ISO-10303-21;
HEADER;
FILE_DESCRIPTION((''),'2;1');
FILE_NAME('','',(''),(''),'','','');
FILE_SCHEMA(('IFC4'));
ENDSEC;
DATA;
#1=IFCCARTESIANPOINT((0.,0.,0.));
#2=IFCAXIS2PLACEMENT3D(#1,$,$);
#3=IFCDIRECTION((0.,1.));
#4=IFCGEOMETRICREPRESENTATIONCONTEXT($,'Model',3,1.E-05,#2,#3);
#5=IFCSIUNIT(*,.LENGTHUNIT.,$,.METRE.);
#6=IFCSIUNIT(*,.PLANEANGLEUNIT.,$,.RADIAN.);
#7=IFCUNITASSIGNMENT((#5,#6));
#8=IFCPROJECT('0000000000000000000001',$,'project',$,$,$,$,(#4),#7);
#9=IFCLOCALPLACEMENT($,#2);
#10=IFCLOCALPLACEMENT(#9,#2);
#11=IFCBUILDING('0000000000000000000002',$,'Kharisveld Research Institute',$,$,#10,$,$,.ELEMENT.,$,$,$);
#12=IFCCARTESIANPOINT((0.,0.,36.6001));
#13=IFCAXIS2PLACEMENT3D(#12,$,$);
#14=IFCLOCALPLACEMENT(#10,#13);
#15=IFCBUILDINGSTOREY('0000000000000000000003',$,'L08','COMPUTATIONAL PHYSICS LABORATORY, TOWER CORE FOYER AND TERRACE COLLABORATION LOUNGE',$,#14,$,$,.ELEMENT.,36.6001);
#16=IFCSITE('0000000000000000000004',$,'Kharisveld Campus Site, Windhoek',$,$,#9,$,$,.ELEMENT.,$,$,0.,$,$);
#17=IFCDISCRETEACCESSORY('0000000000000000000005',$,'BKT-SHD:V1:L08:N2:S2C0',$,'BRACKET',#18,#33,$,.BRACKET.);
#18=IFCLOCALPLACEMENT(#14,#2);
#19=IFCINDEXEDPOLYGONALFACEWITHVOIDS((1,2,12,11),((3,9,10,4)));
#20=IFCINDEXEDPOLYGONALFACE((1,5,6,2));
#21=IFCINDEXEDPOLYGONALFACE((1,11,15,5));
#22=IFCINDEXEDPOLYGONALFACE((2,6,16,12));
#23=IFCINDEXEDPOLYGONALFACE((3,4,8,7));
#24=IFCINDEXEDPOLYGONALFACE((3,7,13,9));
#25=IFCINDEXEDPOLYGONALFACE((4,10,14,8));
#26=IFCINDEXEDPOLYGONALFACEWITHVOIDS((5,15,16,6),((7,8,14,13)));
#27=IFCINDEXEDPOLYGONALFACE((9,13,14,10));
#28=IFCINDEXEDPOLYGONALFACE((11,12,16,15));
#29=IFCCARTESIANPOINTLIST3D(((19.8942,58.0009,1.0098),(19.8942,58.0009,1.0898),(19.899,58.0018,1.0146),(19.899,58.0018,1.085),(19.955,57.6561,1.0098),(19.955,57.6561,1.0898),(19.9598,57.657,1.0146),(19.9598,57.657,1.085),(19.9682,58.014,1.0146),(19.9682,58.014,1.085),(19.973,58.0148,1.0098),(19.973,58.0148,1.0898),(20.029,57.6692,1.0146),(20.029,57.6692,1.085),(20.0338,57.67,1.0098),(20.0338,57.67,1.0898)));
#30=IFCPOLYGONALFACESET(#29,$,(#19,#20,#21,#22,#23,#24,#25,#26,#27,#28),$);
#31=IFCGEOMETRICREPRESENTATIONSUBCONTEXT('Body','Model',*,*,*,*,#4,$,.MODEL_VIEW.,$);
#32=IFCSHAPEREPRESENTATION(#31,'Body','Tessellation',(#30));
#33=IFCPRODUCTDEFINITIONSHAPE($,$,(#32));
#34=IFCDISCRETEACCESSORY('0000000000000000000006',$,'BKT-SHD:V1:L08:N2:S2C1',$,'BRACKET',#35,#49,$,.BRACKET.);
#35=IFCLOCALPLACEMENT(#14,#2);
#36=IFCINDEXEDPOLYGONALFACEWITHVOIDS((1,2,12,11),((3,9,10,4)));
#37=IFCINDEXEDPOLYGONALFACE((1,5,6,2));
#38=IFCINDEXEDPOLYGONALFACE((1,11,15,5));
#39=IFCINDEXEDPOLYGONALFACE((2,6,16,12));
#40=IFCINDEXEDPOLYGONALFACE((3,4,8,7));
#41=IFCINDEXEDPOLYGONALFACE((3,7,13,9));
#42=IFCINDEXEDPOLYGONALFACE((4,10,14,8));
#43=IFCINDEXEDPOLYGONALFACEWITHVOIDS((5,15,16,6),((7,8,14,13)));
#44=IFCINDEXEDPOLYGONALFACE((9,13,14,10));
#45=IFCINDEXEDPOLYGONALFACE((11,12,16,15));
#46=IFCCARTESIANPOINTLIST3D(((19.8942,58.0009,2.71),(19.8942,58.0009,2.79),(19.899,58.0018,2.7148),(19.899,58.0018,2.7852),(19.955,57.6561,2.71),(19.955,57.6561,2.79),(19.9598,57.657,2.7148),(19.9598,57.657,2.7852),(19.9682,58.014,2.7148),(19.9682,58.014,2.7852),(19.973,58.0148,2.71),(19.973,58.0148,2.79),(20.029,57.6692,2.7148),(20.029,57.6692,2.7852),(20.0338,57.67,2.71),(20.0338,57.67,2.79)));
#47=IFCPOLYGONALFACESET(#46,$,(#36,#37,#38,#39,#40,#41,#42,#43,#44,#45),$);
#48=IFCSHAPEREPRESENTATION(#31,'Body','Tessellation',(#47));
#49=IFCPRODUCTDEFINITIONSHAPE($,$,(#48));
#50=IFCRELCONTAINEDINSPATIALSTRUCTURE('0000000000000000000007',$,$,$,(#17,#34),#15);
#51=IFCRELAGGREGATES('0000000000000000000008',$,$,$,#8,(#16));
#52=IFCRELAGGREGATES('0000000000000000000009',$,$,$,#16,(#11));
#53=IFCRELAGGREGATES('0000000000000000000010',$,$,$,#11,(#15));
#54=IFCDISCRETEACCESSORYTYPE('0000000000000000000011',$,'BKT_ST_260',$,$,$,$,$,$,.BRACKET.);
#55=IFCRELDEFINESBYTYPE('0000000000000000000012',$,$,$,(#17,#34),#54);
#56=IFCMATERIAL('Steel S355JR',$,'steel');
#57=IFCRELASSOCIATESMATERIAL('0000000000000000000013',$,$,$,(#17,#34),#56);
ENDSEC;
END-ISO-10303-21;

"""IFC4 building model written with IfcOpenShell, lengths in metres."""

from ifc_helpers import new_model, si_unit, direction, frame, origin, origin_2d, place, context, subcontext, project, spatial, hollow_rectangle, extrude, material, type_object, element, save


model = new_model("IFC4")

# Units and contexts
model_context = context("Model", 3, precision=1e-05, world=origin(), true_north=direction((0.0, 1.0)))
body_context = subcontext(model_context, "Body", "Model", "MODEL_VIEW")
ifc_project = project(units=[si_unit("LENGTHUNIT", "METRE"), si_unit("PLANEANGLEUNIT", "RADIAN")], contexts=[model_context])

# Site, building, storey
site_placement = place(None, origin())
site = spatial("IfcSite", under=ifc_project, at=site_placement, Name="Kharisveld Campus Site, Windhoek", CompositionType="ELEMENT", RefElevation=0.0)
building_placement = place(site_placement, origin())
building = spatial("IfcBuilding", under=site, at=building_placement, Name="Kharisveld Research Institute", CompositionType="ELEMENT")
storey_placement = place(building_placement, frame((0.0, 0.0, 36.6001)))
storey = spatial("IfcBuildingStorey", under=building, at=storey_placement, Name="L08", Description="COMPUTATIONAL PHYSICS LABORATORY, TOWER CORE FOYER AND TERRACE COLLABORATION LOUNGE", CompositionType="ELEMENT", Elevation=36.6001)

# Discrete accessories
ifc_material_1 = material(Name="Steel S355JR", Category="steel")
discrete_accessory_type = type_object("IfcDiscreteAccessoryType", Name="BKT_ST_260", PredefinedType="BRACKET")
for number, where, z_axis, x_axis, name in (
    (1, (19.9944, 57.6631, 1.0498), (-0.173666, 0.984805, 0.0), (-0.984805, -0.173666, 0.0), "BKT-SHD:V1:L08:N2:S2C0"),
    (2, (19.9944, 57.6631, 2.75), (-0.173666, 0.984805, 0.0), (-0.984805, -0.173666, 0.0), "BKT-SHD:V1:L08:N2:S2C1"),
):
    element("IfcDiscreteAccessory", number, at=place(storey_placement, frame(where, z_axis=z_axis, x_axis=x_axis)), inside=storey, type_object=discrete_accessory_type, material=ifc_material_1, Name=name, ObjectType="BRACKET", PredefinedType="BRACKET", context=body_context, shape_type="SweptSolid", body=[
        extrude(hollow_rectangle(XDim=0.0801, YDim=0.0801, WallThickness=0.0049, at=origin_2d()), origin(), (0.0, 0.0, 1.0), 0.3501),
    ])

save(model, "model.ifc")
